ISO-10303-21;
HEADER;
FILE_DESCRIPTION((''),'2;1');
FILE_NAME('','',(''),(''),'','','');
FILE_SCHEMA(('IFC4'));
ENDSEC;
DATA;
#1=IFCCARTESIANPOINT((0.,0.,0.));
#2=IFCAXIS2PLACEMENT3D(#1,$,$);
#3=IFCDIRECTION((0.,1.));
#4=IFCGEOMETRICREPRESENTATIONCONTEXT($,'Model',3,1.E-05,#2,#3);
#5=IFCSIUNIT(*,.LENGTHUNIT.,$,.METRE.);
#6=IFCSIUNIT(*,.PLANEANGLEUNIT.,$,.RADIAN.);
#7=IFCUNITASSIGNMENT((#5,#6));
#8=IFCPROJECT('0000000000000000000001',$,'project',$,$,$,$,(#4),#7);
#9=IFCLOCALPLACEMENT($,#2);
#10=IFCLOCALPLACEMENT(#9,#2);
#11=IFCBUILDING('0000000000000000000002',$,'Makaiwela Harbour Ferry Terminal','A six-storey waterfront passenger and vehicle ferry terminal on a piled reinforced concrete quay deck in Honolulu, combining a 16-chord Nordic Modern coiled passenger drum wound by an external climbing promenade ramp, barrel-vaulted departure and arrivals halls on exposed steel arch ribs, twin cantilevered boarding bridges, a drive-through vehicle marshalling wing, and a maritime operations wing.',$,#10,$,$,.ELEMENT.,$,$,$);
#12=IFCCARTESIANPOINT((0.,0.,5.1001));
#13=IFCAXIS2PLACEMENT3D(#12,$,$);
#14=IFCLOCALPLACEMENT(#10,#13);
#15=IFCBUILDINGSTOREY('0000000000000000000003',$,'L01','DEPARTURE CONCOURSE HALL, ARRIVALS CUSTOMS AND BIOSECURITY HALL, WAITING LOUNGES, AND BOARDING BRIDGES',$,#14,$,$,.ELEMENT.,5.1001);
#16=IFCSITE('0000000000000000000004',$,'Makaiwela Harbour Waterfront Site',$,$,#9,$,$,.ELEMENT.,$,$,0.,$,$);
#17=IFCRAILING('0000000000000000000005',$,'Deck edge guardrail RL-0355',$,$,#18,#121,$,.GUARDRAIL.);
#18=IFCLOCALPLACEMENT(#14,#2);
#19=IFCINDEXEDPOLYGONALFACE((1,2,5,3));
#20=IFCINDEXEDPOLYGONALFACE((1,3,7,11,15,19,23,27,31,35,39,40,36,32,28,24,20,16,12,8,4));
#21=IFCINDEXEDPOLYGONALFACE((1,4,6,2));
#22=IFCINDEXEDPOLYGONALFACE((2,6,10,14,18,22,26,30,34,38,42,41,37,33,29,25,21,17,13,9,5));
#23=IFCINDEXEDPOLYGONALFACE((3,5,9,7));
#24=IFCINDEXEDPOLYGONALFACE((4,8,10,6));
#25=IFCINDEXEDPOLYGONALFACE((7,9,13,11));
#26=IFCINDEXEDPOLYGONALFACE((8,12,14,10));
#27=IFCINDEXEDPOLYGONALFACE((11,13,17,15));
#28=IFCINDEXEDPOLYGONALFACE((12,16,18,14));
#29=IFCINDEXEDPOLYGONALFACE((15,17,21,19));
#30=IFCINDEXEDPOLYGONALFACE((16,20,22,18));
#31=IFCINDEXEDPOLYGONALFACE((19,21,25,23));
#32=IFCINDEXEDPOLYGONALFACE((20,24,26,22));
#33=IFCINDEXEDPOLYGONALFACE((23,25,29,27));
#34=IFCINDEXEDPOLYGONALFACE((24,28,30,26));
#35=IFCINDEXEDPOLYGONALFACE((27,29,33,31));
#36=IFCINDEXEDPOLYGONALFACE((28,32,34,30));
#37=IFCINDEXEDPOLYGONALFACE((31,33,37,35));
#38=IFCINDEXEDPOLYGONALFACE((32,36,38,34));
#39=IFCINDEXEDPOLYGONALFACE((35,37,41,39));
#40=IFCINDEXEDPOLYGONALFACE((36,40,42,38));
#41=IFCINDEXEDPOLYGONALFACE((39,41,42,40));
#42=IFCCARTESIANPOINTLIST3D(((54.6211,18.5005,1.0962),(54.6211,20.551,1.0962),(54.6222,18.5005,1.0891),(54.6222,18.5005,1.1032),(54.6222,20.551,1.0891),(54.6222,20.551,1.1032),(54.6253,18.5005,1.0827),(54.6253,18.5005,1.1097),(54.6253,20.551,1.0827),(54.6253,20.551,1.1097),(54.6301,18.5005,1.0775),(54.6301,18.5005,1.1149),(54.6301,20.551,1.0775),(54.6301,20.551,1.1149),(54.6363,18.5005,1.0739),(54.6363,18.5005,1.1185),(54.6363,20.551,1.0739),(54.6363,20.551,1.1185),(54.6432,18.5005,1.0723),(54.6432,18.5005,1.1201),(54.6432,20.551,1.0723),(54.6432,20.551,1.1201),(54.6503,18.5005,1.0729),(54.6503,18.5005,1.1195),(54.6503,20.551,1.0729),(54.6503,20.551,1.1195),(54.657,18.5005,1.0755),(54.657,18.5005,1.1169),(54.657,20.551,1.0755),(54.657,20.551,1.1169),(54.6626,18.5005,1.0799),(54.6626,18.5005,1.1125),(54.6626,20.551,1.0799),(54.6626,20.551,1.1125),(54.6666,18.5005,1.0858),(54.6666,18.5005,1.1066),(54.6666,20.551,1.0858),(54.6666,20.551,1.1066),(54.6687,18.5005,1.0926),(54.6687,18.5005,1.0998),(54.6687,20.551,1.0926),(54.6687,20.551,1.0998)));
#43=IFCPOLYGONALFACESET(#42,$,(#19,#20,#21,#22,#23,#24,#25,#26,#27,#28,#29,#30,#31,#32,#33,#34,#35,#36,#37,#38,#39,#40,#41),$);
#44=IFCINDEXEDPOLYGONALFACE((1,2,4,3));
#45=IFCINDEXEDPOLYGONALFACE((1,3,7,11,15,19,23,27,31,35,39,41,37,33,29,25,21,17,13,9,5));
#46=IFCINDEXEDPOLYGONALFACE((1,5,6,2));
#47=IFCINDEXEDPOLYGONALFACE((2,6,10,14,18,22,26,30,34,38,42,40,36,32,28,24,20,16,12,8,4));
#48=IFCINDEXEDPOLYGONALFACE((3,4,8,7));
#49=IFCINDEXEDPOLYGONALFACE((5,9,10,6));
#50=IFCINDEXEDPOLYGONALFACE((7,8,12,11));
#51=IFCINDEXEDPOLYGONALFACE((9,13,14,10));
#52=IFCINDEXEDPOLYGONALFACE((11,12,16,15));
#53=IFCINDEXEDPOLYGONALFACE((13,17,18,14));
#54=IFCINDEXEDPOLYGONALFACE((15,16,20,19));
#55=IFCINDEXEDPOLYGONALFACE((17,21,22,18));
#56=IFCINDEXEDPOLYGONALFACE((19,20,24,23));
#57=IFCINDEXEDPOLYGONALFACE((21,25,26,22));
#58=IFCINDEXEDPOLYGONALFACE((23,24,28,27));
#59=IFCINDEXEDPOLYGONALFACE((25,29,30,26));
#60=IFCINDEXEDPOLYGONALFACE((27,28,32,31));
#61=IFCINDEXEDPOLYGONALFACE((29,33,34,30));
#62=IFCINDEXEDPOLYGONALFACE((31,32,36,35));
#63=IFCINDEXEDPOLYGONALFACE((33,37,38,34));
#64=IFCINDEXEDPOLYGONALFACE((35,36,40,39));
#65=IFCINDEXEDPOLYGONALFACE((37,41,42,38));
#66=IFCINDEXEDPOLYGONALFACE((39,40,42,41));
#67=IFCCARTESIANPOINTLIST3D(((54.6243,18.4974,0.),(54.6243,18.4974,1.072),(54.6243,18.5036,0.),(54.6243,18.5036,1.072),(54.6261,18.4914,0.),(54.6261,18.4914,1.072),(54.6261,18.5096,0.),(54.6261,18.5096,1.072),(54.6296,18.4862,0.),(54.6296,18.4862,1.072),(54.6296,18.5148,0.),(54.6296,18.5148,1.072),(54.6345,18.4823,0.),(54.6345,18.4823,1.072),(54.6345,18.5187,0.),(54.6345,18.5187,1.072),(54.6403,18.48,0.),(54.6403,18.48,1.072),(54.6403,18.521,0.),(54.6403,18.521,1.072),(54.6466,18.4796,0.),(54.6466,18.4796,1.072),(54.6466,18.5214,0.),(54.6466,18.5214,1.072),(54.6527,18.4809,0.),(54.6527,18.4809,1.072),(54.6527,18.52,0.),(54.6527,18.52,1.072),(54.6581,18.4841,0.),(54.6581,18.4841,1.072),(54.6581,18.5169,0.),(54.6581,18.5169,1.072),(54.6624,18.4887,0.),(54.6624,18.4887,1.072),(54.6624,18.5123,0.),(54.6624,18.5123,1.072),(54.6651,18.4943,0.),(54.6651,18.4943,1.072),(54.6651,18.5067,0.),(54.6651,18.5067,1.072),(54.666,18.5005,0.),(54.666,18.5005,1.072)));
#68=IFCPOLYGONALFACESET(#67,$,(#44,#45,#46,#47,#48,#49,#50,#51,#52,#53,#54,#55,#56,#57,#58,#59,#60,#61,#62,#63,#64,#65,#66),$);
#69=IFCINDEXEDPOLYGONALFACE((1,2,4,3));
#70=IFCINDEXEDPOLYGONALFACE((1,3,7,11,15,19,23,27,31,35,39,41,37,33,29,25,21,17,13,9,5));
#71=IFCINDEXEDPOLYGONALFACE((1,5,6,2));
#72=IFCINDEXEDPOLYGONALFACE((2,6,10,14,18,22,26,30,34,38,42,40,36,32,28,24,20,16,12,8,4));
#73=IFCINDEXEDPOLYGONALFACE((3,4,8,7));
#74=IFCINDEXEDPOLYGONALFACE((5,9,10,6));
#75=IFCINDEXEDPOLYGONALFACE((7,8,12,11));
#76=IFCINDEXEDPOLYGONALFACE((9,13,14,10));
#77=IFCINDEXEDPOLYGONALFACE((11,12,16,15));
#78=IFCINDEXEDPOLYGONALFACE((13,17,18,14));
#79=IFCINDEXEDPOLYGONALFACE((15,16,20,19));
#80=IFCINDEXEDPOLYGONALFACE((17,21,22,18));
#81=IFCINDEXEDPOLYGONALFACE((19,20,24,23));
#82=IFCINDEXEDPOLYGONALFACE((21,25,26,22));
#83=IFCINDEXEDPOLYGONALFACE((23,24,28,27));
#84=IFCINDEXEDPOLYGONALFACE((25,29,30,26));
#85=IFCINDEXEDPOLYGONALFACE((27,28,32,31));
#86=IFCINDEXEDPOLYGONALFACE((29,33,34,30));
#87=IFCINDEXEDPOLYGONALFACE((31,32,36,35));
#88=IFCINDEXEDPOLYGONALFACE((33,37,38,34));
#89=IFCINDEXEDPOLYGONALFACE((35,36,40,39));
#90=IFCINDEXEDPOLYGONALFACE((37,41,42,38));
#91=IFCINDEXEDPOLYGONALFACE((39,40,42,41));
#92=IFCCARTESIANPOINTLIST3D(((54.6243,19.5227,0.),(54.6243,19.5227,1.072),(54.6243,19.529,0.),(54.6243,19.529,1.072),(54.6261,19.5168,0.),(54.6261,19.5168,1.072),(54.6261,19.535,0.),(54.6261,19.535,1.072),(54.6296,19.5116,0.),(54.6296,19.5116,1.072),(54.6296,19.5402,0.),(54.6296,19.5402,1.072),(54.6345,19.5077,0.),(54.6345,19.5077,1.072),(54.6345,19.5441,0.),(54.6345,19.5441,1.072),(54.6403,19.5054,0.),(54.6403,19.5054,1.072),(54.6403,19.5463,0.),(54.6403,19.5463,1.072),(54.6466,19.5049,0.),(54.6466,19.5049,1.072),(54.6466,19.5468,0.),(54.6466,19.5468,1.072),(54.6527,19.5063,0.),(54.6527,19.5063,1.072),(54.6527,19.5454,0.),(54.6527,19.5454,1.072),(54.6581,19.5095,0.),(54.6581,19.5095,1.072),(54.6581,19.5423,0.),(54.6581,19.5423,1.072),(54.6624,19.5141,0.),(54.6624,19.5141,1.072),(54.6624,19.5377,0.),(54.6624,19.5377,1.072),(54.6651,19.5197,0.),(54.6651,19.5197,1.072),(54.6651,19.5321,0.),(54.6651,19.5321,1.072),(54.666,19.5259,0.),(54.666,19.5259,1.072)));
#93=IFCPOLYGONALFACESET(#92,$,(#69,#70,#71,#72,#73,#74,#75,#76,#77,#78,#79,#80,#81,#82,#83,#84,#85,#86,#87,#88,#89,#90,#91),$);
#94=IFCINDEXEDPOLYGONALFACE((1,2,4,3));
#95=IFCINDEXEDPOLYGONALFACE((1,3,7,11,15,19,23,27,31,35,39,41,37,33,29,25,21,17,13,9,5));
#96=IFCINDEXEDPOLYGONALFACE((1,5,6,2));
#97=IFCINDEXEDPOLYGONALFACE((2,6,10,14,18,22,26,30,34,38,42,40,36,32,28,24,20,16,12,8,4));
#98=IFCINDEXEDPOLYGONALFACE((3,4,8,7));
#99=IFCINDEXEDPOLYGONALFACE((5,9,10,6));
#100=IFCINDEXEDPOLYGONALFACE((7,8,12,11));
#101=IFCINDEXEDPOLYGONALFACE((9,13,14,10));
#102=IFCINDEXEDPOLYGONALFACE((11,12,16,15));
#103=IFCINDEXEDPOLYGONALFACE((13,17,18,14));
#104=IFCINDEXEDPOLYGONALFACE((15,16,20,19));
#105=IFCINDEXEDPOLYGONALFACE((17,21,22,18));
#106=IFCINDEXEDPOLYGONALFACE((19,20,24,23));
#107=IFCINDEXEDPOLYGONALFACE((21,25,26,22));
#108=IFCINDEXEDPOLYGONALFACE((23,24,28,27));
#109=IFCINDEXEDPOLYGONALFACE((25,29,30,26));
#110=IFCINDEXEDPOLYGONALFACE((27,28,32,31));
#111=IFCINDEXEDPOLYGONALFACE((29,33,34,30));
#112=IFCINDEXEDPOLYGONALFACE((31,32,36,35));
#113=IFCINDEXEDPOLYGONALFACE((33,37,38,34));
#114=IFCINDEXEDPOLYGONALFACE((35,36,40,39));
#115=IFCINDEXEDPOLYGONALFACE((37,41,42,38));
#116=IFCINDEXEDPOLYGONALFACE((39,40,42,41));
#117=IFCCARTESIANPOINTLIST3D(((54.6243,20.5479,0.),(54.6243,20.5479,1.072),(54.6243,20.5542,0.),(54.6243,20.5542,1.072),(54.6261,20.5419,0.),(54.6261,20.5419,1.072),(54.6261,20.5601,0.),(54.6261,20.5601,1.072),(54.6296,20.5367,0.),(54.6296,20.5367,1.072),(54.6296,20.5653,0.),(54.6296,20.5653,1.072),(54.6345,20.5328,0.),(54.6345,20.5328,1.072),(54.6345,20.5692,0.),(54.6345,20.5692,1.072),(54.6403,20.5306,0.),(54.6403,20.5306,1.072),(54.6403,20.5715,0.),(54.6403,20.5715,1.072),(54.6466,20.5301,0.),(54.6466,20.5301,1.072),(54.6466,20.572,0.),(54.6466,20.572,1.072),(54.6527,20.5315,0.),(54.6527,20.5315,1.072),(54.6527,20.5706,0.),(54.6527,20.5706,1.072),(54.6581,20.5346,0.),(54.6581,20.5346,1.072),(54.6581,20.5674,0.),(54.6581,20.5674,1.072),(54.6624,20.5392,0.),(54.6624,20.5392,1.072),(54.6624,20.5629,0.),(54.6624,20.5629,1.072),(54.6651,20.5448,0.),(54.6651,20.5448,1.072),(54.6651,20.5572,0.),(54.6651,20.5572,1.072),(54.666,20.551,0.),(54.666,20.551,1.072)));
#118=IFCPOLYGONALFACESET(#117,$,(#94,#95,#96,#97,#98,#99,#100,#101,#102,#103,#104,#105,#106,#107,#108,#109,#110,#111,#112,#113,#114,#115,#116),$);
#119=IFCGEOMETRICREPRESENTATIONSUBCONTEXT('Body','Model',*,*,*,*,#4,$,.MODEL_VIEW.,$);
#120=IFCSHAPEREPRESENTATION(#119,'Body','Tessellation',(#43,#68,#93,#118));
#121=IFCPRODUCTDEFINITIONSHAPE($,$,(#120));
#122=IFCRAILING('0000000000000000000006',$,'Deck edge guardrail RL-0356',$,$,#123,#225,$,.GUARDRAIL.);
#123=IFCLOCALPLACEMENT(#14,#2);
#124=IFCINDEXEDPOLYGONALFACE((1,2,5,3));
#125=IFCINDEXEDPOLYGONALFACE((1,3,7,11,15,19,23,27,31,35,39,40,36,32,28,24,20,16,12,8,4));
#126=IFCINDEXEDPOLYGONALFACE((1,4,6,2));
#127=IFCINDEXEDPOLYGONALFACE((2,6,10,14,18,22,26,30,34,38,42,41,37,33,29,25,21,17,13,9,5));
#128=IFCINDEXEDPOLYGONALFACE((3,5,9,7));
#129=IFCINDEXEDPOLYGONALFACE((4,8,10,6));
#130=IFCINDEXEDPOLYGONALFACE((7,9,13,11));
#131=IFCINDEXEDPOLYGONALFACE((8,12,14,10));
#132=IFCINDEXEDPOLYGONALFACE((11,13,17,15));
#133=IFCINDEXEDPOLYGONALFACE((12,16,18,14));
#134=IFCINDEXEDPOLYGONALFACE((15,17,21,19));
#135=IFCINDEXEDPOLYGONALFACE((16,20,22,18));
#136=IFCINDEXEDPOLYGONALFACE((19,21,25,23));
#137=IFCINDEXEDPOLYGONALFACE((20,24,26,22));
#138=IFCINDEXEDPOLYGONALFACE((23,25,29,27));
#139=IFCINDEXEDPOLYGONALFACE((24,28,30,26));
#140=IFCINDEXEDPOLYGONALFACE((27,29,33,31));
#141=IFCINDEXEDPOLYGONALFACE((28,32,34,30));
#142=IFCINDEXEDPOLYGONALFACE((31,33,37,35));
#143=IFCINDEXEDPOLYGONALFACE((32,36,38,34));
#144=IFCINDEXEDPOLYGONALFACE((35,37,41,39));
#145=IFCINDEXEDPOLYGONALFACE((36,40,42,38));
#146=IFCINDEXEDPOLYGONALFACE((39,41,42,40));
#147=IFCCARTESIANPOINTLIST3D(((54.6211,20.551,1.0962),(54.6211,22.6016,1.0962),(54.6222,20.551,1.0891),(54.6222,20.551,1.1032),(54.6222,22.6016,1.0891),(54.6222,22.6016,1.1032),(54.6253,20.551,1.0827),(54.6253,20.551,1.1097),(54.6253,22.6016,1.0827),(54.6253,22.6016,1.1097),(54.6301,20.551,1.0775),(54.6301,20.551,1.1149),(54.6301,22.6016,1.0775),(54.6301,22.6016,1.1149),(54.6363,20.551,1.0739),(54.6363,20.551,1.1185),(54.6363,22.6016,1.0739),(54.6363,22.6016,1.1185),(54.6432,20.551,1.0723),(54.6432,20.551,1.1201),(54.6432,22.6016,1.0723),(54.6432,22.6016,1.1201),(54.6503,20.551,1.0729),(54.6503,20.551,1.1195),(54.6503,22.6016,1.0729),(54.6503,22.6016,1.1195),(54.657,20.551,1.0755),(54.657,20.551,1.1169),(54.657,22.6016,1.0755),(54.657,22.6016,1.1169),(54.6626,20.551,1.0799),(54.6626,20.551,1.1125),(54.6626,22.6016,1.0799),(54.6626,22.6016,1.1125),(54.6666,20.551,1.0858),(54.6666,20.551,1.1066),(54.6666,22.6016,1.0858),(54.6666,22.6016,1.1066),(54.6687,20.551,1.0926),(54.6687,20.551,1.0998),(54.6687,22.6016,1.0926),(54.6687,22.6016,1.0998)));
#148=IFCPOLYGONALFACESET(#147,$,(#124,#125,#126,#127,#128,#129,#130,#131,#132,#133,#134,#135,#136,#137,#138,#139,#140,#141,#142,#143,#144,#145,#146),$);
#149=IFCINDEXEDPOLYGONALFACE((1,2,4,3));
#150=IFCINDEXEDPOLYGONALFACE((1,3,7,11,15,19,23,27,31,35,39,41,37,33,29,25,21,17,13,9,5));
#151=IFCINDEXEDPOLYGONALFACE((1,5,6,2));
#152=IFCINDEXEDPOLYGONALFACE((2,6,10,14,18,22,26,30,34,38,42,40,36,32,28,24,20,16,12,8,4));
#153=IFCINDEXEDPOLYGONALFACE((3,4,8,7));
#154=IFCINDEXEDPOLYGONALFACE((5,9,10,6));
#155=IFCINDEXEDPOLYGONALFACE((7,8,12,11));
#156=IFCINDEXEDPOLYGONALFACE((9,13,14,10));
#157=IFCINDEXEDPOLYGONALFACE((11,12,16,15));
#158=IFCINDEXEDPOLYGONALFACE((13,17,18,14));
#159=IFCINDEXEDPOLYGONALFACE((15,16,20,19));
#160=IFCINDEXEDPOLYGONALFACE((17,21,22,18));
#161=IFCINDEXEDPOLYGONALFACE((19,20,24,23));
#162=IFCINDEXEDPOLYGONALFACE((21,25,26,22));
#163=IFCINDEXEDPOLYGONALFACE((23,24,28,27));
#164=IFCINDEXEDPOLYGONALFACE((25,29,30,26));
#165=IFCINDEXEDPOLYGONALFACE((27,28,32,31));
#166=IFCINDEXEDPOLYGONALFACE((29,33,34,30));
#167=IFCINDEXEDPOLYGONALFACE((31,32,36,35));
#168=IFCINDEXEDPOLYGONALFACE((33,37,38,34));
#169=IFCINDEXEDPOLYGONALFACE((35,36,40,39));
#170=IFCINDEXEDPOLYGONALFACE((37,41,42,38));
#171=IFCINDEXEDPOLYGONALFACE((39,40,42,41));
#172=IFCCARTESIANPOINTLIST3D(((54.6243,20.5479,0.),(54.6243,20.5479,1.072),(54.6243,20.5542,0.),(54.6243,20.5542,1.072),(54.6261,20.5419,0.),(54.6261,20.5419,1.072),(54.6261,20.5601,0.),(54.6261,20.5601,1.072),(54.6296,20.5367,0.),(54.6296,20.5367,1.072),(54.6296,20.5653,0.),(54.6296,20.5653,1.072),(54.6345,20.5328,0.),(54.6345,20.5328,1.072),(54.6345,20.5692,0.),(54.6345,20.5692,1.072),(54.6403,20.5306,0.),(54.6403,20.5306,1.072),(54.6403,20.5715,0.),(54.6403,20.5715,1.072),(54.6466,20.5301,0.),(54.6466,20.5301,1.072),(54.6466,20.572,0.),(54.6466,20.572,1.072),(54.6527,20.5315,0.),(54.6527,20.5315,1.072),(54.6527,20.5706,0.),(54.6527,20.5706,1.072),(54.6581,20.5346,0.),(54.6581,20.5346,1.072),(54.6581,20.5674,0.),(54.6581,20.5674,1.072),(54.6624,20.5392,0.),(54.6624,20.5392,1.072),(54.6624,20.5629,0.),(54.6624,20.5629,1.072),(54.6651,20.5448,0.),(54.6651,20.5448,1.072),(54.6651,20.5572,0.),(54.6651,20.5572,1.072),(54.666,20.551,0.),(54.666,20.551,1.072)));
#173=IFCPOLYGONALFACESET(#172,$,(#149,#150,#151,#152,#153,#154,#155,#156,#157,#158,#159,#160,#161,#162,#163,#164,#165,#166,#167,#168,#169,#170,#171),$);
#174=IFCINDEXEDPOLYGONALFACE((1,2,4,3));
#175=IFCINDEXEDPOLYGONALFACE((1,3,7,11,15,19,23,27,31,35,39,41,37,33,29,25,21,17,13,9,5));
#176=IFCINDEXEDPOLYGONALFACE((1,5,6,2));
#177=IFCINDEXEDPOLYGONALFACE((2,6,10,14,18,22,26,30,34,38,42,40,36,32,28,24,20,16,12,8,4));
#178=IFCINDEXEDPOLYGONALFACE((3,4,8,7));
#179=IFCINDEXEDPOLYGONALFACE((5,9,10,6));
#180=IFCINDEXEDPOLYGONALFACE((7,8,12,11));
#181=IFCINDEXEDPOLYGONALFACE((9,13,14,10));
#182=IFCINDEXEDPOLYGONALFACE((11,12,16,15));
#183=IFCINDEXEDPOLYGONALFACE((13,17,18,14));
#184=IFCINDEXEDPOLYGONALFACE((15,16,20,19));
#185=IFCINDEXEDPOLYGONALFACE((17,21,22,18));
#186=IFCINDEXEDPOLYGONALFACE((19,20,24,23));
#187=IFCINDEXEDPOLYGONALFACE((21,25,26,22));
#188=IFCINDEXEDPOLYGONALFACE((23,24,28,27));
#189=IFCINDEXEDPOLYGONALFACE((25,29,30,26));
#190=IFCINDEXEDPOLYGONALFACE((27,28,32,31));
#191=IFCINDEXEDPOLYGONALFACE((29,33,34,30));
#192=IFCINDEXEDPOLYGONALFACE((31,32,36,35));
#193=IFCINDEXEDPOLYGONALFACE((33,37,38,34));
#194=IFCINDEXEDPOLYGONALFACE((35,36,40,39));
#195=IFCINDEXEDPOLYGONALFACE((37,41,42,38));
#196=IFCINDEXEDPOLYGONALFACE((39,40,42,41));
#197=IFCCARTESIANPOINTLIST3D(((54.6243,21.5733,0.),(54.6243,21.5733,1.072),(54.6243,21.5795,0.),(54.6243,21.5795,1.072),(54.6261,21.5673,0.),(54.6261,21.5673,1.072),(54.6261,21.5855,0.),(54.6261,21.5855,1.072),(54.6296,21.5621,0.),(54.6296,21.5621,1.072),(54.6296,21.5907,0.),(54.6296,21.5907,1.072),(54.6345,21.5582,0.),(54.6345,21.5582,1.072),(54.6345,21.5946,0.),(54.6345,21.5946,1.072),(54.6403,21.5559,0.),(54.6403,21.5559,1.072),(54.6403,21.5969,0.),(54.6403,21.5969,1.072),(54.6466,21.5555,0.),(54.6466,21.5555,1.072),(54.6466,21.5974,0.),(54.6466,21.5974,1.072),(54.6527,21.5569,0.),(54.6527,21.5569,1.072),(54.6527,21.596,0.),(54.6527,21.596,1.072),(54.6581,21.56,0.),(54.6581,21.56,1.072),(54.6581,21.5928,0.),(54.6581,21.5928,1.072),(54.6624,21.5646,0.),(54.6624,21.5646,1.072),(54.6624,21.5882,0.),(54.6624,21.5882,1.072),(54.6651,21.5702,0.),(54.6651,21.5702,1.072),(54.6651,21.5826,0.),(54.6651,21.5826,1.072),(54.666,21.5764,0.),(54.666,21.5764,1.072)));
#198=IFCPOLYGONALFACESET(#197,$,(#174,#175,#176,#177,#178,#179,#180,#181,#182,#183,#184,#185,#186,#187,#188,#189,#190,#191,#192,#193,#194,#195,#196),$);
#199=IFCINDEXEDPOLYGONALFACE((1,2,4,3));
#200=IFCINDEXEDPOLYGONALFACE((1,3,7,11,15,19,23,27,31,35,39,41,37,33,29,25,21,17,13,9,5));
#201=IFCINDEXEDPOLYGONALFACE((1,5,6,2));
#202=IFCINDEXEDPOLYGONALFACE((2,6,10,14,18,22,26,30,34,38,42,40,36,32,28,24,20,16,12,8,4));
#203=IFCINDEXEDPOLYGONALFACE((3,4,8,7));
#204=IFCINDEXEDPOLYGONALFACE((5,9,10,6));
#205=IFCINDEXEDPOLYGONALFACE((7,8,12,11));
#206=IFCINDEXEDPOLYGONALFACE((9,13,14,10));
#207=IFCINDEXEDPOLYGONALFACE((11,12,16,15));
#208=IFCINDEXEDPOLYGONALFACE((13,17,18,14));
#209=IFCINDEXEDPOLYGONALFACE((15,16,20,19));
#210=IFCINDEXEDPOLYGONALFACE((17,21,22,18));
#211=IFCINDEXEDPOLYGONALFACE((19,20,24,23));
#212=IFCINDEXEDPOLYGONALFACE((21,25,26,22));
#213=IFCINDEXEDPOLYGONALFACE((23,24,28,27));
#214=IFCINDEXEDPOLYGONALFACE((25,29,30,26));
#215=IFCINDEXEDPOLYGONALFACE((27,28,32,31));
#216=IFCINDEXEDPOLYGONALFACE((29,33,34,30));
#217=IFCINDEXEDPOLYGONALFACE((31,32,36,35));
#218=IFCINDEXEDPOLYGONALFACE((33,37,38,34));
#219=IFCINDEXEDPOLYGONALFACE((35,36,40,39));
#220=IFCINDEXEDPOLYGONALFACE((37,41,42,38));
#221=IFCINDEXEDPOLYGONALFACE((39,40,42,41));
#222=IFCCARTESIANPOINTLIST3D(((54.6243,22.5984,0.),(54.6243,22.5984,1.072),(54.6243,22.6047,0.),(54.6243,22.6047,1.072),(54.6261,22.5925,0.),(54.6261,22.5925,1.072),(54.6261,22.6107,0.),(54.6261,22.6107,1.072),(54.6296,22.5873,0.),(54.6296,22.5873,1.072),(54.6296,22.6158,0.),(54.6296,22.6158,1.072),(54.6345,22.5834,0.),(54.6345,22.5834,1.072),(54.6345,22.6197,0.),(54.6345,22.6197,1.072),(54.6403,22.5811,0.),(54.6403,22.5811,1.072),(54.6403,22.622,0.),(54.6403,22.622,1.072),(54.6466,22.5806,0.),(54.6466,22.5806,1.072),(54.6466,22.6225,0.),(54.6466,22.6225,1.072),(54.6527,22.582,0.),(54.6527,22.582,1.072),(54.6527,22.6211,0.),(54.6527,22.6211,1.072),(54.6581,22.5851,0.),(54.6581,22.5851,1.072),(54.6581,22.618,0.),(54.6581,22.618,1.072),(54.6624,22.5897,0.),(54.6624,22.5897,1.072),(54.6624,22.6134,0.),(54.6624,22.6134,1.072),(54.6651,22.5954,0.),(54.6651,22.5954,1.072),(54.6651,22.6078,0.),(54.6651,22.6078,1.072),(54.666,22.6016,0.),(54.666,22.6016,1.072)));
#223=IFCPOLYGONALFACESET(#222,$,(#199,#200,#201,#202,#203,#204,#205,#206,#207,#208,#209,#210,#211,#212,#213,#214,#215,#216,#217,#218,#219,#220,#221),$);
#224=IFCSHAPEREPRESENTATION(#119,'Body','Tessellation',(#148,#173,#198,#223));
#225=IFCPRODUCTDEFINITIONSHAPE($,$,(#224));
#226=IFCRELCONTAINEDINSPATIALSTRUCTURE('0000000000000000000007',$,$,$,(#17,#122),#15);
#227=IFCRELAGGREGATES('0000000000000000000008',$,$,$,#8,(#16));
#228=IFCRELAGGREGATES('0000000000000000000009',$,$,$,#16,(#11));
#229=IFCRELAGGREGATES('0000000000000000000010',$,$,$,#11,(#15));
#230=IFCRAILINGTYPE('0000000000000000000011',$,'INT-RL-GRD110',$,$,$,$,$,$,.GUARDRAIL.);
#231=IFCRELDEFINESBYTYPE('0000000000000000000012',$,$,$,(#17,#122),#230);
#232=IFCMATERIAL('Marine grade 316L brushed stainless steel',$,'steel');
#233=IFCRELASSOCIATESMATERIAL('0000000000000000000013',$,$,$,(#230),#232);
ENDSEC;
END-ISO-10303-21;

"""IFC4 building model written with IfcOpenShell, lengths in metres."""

from ifc_helpers import new_model, si_unit, direction, frame, origin, origin_2d, place, context, subcontext, project, spatial, circle, extrude, material, type_object, element, save


model = new_model("IFC4")

# Units and contexts
model_context = context("Model", 3, precision=1e-05, world=origin(), true_north=direction((0.0, 1.0)))
body_context = subcontext(model_context, "Body", "Model", "MODEL_VIEW")
ifc_project = project(units=[si_unit("LENGTHUNIT", "METRE"), si_unit("PLANEANGLEUNIT", "RADIAN")], contexts=[model_context])

# Site, building, storey
site_placement = place(None, origin())
site = spatial("IfcSite", under=ifc_project, at=site_placement, Name="Makaiwela Harbour Waterfront Site", CompositionType="ELEMENT", RefElevation=0.0)
building_placement = place(site_placement, origin())
building = spatial("IfcBuilding", under=site, at=building_placement, Name="Makaiwela Harbour Ferry Terminal", Description="A six-storey waterfront passenger and vehicle ferry terminal on a piled reinforced concrete quay deck in Honolulu, combining a 16-chord Nordic Modern coiled passenger drum wound by an external climbing promenade ramp, barrel-vaulted departure and arrivals halls on exposed steel arch ribs, twin cantilevered boarding bridges, a drive-through vehicle marshalling wing, and a maritime operations wing.", CompositionType="ELEMENT")
storey_placement = place(building_placement, frame((0.0, 0.0, 5.1001)))
storey = spatial("IfcBuildingStorey", under=building, at=storey_placement, Name="L01", Description="DEPARTURE CONCOURSE HALL, ARRIVALS CUSTOMS AND BIOSECURITY HALL, WAITING LOUNGES, AND BOARDING BRIDGES", CompositionType="ELEMENT", Elevation=5.1001)

# Railings
ifc_material_1 = material(Name="Marine grade 316L brushed stainless steel", Category="steel")
railing_type = type_object("IfcRailingType", Name="INT-RL-GRD110", PredefinedType="GUARDRAIL", material=ifc_material_1)
for number, where, name in (
    (1, (54.645, 18.5005, 0.0), "Deck edge guardrail RL-0355"),
    (2, (54.645, 20.551, 0.0), "Deck edge guardrail RL-0356"),
):
    element("IfcRailing", number, at=place(storey_placement, frame(where)), inside=storey, type_object=railing_type, Name=name, PredefinedType="GUARDRAIL", context=body_context, shape_type="SweptSolid", body=[
        extrude(circle(Radius=0.0239, at=origin_2d()), frame((0.0, 0.0, 1.0962), z_axis=(0.0, 1.0, 0.0), x_axis=(-1.0, 0.0, 0.0)), (0.0, 0.0, 1.0), 2.0505),
        extrude(circle(Radius=0.021, at=origin_2d()), origin(), (0.0, 0.0, 1.0), 1.072),
        extrude(circle(Radius=0.021, at=origin_2d()), frame((0.0, 1.0254, 0.0)), (0.0, 0.0, 1.0), 1.072),
        extrude(circle(Radius=0.021, at=origin_2d()), frame((0.0, 2.0505, 0.0)), (0.0, 0.0, 1.0), 1.072),
    ])

save(model, "model.ifc")
